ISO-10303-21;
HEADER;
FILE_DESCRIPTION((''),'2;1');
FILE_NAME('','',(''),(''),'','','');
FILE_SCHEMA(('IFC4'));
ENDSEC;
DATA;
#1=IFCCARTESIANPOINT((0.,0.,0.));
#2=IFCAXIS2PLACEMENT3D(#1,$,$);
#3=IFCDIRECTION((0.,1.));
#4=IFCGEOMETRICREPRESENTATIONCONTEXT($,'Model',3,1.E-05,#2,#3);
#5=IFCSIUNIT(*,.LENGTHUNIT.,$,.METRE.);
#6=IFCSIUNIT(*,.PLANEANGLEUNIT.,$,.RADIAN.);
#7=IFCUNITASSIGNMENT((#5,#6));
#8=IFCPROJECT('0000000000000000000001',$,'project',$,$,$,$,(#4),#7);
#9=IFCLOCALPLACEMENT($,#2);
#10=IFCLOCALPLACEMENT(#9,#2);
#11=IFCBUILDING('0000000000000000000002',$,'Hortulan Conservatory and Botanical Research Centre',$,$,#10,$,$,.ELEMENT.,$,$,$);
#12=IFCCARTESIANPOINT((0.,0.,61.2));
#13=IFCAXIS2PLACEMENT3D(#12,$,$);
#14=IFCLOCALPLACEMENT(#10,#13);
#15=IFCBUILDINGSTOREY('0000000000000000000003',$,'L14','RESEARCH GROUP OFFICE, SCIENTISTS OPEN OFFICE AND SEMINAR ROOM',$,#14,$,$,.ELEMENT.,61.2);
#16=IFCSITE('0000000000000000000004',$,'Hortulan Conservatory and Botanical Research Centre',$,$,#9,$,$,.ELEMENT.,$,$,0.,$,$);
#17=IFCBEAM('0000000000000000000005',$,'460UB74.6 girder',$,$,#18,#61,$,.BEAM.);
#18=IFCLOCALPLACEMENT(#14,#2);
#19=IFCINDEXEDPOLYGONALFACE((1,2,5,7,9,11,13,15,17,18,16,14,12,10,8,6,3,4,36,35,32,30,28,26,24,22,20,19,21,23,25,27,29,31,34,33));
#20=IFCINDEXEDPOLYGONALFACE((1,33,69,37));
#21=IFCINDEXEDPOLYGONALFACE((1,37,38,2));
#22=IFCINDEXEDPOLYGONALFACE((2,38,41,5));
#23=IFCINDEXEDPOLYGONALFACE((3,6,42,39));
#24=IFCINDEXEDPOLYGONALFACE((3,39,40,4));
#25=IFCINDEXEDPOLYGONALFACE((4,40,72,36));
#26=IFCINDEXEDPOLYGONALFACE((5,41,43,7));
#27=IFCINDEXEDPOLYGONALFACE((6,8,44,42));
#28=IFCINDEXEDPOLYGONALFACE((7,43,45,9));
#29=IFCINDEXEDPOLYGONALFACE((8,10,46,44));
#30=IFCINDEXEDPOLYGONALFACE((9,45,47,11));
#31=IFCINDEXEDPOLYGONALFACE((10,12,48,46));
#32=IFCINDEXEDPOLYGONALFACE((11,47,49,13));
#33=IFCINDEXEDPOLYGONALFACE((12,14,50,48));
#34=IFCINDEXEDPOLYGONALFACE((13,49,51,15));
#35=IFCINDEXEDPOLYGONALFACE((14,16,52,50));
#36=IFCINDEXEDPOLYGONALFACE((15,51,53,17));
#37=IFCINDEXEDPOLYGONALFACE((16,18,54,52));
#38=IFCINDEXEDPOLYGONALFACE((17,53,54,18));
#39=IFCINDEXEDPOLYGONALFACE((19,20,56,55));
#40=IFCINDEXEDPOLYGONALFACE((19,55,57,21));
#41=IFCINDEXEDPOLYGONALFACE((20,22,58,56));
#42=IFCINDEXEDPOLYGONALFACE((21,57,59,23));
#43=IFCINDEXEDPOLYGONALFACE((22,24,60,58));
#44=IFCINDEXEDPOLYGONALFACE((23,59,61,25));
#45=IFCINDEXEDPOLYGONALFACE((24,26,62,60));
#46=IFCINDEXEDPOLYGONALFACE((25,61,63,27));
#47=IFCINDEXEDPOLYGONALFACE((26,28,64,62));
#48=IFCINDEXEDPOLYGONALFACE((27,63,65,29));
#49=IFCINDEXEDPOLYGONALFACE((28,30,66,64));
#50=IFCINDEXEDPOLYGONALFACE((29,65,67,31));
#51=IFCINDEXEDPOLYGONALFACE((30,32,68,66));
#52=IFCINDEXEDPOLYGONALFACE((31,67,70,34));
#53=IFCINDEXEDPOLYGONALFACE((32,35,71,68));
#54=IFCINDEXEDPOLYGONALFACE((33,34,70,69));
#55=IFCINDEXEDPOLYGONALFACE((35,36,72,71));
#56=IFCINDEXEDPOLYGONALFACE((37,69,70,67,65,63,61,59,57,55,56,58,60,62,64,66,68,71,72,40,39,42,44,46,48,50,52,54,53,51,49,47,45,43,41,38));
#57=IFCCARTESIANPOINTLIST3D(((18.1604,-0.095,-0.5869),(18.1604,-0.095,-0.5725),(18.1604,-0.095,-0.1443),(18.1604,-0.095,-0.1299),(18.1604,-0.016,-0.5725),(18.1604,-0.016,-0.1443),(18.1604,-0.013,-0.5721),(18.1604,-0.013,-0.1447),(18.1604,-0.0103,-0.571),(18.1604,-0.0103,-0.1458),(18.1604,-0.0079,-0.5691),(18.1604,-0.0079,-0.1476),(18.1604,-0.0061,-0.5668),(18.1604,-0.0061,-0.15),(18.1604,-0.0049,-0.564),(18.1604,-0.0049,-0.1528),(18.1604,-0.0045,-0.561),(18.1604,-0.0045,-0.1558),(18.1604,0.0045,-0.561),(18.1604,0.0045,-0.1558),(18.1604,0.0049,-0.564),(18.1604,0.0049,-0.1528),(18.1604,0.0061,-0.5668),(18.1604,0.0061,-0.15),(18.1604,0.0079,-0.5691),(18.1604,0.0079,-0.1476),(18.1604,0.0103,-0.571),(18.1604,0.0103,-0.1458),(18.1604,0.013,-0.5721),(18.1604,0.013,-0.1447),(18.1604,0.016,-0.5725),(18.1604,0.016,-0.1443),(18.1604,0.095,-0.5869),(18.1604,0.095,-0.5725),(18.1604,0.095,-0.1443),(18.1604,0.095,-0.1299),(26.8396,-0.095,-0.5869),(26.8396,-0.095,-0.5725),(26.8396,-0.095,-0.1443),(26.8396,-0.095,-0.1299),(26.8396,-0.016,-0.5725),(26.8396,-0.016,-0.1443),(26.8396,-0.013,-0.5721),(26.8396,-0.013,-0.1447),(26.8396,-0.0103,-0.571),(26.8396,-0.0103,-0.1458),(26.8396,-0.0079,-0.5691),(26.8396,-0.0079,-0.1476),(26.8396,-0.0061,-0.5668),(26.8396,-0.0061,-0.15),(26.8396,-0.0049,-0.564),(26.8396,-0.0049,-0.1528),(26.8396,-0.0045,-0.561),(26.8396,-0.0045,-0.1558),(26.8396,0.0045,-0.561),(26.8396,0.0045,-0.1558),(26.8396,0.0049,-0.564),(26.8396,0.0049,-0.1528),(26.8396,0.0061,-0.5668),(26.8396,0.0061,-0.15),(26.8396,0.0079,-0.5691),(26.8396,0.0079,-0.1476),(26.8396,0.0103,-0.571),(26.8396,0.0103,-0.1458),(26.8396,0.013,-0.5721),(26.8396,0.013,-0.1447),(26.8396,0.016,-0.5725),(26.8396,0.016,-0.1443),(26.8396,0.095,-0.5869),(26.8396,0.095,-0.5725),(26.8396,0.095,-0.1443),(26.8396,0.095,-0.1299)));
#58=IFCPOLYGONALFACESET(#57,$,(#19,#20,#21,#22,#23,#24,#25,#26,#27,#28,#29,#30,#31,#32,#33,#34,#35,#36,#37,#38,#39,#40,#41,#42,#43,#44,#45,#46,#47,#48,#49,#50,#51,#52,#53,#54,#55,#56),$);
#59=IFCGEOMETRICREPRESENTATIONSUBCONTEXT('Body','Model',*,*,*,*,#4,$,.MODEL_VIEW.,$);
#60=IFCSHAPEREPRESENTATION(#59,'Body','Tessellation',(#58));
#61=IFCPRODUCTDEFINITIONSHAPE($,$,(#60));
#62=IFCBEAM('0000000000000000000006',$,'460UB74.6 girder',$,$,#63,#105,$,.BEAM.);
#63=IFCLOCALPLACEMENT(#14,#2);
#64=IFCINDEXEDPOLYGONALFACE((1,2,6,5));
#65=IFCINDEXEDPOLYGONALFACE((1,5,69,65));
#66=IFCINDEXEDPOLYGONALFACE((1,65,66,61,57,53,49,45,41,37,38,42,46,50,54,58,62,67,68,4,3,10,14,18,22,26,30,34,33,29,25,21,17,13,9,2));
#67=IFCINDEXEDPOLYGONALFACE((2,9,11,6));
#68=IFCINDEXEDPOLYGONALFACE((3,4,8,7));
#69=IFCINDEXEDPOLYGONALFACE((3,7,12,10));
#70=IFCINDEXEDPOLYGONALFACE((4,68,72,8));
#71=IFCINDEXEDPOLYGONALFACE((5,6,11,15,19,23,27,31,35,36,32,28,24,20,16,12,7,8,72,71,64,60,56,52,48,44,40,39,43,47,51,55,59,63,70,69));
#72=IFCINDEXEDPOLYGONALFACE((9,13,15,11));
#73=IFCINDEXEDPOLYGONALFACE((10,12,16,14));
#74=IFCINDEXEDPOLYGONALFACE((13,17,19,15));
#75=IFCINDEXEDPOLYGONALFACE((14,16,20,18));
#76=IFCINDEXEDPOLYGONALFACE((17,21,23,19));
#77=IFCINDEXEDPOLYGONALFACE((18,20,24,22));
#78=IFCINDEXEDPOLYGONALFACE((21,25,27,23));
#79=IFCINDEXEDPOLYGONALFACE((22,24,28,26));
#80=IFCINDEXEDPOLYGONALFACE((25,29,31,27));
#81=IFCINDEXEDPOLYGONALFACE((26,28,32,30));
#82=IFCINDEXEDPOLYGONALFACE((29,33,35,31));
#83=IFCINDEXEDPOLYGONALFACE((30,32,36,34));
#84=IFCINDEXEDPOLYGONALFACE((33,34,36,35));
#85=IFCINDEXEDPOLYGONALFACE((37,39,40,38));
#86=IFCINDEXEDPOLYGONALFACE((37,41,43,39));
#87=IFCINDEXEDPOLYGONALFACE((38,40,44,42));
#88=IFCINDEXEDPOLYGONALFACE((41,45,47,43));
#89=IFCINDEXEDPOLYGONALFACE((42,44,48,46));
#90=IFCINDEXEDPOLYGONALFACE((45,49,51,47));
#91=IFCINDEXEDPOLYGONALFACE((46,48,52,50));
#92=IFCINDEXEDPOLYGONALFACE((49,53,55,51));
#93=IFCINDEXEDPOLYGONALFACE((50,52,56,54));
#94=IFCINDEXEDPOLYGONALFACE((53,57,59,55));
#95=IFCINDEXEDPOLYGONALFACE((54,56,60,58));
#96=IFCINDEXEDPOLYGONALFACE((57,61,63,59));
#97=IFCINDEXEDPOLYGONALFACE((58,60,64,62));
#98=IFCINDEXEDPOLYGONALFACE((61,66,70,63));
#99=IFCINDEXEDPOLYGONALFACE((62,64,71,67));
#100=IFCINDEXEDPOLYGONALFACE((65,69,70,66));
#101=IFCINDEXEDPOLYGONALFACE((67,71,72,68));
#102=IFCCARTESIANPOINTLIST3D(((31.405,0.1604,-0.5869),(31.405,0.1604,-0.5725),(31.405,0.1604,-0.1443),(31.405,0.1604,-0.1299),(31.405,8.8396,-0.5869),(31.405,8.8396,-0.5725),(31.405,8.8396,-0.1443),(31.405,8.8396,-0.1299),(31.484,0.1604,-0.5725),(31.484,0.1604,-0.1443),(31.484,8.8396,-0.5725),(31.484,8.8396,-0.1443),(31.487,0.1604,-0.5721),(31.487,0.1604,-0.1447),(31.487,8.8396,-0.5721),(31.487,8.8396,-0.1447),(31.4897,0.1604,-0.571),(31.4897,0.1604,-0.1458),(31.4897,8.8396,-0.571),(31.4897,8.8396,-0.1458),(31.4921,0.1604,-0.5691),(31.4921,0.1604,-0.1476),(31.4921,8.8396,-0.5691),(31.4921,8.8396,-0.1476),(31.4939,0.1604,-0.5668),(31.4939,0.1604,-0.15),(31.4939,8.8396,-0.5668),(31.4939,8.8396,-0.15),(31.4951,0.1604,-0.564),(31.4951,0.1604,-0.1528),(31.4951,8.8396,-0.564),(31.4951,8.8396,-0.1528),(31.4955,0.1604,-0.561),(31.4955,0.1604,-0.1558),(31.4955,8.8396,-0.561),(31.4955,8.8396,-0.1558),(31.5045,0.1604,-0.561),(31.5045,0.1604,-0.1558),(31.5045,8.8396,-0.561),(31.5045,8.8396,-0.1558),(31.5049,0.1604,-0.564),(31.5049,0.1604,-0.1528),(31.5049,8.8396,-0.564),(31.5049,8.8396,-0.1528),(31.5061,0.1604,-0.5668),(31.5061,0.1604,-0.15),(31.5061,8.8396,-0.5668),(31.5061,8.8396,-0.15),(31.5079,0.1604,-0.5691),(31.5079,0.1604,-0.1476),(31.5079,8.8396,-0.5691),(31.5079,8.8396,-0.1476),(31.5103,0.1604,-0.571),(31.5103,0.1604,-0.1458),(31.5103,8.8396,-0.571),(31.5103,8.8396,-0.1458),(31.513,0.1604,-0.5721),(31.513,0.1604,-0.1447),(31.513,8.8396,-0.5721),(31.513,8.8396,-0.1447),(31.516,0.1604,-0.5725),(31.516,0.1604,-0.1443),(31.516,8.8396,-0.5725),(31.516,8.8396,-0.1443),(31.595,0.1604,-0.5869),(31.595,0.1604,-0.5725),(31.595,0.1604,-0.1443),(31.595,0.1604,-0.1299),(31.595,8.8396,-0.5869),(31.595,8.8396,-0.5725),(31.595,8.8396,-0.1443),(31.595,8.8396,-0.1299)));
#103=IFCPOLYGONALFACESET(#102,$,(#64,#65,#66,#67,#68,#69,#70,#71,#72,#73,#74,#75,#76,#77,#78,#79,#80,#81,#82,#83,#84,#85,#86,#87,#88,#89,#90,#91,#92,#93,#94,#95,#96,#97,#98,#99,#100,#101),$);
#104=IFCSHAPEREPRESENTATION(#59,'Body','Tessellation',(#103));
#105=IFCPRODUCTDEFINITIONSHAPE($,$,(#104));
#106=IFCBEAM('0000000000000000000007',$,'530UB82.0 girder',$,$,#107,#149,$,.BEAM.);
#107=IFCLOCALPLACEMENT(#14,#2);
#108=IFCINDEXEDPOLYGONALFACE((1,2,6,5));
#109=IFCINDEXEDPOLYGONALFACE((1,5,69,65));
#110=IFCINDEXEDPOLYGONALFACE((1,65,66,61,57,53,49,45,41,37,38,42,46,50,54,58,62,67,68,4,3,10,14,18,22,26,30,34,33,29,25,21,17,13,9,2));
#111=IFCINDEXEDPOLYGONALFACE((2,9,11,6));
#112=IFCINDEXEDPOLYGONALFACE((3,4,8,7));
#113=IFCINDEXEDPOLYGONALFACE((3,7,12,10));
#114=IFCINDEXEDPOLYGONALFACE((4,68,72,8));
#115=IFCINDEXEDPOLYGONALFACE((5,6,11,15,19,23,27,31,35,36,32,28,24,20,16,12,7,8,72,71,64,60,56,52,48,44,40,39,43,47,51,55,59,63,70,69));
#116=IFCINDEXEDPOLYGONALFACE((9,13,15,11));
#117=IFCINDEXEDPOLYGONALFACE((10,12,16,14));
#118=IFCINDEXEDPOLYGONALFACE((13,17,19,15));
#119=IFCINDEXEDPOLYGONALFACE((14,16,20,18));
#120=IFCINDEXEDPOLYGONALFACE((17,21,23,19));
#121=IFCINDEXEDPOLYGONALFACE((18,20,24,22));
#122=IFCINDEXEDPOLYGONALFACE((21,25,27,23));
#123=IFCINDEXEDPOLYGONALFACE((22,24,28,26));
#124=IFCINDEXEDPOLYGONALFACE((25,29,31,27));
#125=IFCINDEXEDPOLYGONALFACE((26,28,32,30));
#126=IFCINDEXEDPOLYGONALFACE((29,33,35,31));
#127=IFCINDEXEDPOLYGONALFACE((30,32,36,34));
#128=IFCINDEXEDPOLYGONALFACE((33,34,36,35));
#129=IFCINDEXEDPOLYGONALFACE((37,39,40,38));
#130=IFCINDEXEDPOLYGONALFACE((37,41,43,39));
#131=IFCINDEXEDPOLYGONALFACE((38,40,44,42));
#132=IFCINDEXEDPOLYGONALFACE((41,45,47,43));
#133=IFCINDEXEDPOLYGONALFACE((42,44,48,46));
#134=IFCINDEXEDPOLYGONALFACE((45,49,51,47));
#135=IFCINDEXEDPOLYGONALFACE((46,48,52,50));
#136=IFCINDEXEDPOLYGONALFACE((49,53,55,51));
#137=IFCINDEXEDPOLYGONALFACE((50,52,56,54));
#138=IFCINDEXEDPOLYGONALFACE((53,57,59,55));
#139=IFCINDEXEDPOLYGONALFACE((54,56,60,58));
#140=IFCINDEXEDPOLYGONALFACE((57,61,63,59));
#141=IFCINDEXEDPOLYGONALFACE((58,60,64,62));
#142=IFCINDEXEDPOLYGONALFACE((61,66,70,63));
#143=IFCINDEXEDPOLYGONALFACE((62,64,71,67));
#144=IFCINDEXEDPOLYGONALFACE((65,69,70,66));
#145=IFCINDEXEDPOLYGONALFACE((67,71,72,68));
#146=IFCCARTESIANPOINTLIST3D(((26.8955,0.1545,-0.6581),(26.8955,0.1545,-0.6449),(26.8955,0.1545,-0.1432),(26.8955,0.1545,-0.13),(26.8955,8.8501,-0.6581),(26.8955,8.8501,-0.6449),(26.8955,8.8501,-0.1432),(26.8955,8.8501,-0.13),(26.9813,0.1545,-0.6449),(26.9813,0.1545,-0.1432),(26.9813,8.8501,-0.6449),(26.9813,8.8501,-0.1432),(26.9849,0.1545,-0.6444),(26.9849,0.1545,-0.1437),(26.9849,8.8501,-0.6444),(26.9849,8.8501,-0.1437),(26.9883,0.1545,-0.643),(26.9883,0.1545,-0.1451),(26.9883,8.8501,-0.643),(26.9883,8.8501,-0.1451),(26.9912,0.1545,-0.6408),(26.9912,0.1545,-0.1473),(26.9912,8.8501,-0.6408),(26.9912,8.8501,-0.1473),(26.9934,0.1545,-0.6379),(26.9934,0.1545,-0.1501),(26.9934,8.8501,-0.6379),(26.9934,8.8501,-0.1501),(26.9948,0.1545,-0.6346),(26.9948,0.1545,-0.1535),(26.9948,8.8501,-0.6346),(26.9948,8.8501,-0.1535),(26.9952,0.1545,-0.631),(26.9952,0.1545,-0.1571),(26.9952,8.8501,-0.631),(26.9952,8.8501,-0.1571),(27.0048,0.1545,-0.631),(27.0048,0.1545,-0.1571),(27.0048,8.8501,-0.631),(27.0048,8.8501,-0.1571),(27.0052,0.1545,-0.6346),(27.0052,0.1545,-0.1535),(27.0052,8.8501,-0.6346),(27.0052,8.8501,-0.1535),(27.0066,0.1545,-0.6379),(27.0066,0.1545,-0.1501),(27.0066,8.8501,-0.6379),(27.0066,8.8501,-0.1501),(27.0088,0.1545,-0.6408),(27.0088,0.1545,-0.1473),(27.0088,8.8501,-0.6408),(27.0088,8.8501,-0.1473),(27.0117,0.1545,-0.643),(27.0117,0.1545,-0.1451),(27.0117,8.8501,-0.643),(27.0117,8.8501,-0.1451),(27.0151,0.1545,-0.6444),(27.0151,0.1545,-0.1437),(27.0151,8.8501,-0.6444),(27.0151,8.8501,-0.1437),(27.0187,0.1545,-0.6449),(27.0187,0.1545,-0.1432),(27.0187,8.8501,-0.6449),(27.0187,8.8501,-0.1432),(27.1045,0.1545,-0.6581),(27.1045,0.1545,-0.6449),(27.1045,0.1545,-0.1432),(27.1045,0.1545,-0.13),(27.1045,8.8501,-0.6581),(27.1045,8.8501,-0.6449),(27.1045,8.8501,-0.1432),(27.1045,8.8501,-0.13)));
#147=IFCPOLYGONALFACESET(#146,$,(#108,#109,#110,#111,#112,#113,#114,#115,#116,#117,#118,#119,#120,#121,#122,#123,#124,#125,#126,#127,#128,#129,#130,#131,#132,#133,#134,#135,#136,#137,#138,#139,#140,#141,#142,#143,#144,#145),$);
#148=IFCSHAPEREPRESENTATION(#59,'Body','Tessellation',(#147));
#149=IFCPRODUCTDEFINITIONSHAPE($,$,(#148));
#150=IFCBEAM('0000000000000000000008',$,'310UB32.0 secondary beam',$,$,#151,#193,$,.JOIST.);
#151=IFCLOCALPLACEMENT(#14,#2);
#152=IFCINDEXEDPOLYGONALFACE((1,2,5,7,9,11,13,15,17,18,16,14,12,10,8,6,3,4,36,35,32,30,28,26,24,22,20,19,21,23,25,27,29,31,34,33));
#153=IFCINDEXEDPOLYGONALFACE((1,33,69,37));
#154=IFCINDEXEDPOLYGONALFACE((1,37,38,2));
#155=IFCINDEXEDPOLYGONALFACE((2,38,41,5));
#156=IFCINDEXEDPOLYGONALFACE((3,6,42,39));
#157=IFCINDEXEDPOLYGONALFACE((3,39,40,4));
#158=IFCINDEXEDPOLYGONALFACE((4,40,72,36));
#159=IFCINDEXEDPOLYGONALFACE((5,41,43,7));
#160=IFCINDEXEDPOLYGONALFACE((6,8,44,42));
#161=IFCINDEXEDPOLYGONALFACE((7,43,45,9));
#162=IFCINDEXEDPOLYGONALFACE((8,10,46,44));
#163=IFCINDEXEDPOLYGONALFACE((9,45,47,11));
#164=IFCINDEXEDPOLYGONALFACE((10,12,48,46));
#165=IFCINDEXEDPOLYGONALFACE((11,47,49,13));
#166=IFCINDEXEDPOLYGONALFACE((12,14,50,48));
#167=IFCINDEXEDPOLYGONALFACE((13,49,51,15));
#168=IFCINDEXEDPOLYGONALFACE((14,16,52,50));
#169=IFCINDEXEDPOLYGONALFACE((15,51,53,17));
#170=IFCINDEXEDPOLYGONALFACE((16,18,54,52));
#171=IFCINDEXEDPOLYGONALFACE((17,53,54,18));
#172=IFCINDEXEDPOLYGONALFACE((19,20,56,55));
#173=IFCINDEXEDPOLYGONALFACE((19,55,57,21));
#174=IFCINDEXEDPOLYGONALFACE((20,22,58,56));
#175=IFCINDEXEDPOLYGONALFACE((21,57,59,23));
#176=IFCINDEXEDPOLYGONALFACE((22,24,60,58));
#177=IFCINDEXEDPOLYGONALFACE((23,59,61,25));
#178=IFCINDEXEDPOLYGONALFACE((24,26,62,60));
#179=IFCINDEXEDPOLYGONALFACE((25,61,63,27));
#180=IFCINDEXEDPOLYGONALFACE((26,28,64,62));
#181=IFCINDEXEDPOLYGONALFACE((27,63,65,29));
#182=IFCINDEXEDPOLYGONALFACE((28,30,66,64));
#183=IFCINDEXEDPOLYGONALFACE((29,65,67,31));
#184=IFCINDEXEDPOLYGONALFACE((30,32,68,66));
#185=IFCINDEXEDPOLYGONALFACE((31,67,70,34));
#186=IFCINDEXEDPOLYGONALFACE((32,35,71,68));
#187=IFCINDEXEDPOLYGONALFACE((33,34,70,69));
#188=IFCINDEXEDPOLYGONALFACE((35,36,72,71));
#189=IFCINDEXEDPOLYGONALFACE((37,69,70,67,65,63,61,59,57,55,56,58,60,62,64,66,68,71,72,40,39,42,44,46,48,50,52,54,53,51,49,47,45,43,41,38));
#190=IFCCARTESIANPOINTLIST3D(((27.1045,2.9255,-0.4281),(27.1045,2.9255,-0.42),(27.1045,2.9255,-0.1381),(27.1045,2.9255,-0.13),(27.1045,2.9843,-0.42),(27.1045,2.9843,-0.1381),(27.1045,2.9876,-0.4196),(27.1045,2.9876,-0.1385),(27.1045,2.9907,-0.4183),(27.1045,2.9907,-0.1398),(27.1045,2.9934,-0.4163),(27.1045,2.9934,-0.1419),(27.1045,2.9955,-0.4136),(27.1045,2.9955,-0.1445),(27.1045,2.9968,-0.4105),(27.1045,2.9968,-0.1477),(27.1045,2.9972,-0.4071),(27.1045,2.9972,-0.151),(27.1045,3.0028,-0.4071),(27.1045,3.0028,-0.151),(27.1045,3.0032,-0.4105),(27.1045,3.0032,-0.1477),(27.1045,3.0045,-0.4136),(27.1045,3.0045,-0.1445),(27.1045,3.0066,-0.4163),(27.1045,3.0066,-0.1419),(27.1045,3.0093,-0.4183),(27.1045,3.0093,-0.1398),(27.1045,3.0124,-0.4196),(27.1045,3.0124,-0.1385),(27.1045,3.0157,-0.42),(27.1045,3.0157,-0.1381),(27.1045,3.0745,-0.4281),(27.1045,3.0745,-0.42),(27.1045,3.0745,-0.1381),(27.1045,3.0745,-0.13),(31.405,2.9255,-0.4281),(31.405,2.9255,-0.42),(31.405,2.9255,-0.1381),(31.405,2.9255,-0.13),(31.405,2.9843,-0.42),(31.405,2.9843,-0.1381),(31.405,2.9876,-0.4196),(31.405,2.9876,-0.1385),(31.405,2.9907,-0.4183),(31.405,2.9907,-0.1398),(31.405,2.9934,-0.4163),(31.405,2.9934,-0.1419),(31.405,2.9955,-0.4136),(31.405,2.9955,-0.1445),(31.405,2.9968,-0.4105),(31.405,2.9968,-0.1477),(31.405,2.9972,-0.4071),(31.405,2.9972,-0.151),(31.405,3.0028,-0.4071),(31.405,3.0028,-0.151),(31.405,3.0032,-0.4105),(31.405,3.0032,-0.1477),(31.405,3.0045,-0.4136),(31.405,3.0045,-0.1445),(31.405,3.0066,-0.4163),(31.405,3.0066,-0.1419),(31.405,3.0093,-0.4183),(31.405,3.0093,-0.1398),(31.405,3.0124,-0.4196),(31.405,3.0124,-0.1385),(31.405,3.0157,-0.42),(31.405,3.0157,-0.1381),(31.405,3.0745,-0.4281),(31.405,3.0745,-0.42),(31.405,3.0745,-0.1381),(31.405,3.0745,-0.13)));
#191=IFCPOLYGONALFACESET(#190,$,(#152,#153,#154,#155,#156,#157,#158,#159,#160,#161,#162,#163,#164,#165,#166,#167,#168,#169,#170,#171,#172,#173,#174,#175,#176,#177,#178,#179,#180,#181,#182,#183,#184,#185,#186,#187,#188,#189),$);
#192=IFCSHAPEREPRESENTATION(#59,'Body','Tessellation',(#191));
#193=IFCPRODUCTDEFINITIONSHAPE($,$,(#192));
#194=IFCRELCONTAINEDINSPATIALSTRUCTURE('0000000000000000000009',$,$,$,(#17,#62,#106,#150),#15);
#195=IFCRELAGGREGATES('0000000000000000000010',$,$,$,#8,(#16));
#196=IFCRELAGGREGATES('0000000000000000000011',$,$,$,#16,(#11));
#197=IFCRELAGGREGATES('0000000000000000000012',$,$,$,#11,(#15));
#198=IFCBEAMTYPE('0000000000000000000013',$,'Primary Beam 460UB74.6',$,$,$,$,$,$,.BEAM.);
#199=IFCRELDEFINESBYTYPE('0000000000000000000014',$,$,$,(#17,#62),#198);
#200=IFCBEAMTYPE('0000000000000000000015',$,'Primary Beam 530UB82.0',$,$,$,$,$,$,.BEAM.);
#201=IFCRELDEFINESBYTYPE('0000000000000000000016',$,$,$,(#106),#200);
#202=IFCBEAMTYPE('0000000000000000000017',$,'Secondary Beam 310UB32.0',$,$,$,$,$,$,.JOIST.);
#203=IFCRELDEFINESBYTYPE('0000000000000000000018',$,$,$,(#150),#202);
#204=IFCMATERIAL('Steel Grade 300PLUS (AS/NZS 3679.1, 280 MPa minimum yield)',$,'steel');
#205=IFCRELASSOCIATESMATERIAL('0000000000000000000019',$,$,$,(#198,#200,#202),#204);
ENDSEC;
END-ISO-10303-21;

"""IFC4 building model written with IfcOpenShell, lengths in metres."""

from ifc_helpers import new_model, si_unit, direction, frame, origin, origin_2d, place, context, subcontext, project, spatial, i_section, extrude, material, material_profile, profile_set, type_object, element, save


model = new_model("IFC4")

# Units and contexts
model_context = context("Model", 3, precision=1e-05, world=origin(), true_north=direction((0.0, 1.0)))
body_context = subcontext(model_context, "Body", "Model", "MODEL_VIEW")
ifc_project = project(units=[si_unit("LENGTHUNIT", "METRE"), si_unit("PLANEANGLEUNIT", "RADIAN")], contexts=[model_context])

# Site, building, storey
site_placement = place(None, origin())
site = spatial("IfcSite", under=ifc_project, at=site_placement, Name="Hortulan Conservatory and Botanical Research Centre", CompositionType="ELEMENT", RefElevation=0.0)
building_placement = place(site_placement, origin())
building = spatial("IfcBuilding", under=site, at=building_placement, Name="Hortulan Conservatory and Botanical Research Centre", CompositionType="ELEMENT")
storey_placement = place(building_placement, frame((0.0, 0.0, 61.2)))
storey = spatial("IfcBuildingStorey", under=building, at=storey_placement, Name="L14", Description="RESEARCH GROUP OFFICE, SCIENTISTS OPEN OFFICE AND SEMINAR ROOM", CompositionType="ELEMENT", Elevation=61.2)

# Shared definitions
ifc_material_1 = material(Name="Steel Grade 300PLUS (AS/NZS 3679.1, 280 MPa minimum yield)", Category="steel")

# Beams
ifc_material_profile_1 = material_profile(ifc_material_1, i_section(OverallWidth=0.1899, OverallDepth=0.457, WebThickness=0.009, FlangeThickness=0.0144, FilletRadius=0.0115, at=origin_2d()), Name="460UB74.6")
ifc_profile_set_1 = profile_set([ifc_material_profile_1], Name="Steel Grade 300PLUS (AS/NZS 3679.1, 280 MPa minimum yield)")
beam_type_1 = type_object("IfcBeamType", Name="Primary Beam 460UB74.6", PredefinedType="BEAM", material=ifc_profile_set_1)
for number, where, z_axis, x_axis, name in (
    (1, (18.1604, 0.0, -0.3584), (1.0, 0.0, 0.0), (0.0, 1.0, 0.0), "460UB74.6 girder"),
    (2, (31.5, 0.1604, -0.3584), (0.0, 1.0, 0.0), (-1.0, 0.0, 0.0), "460UB74.6 girder"),
):
    element("IfcBeam", number, at=place(storey_placement, frame(where, z_axis=z_axis, x_axis=x_axis)), inside=storey, type_object=beam_type_1, Name=name, PredefinedType="BEAM", context=body_context, shape_type="SweptSolid", body=[
        extrude(i_section(OverallWidth=0.1899, OverallDepth=0.457, WebThickness=0.009, FlangeThickness=0.0144, FilletRadius=0.0115, at=origin_2d()), origin(), (0.0, 0.0, 1.0), 8.6792),
    ])
ifc_material_profile_2 = material_profile(ifc_material_1, i_section(OverallWidth=0.209, OverallDepth=0.5281, WebThickness=0.0095, FlangeThickness=0.0132, FilletRadius=0.0139, at=origin_2d()), Name="530UB82.0")
ifc_profile_set_2 = profile_set([ifc_material_profile_2], Name="Steel Grade 300PLUS (AS/NZS 3679.1, 280 MPa minimum yield)")
beam_type_2 = type_object("IfcBeamType", Name="Primary Beam 530UB82.0", PredefinedType="BEAM", material=ifc_profile_set_2)
beam_1_placement = place(storey_placement, frame((27.0, 0.1545, -0.394), z_axis=(0.0, 1.0, 0.0), x_axis=(-1.0, 0.0, 0.0)))
element("IfcBeam", 3, at=beam_1_placement, inside=storey, type_object=beam_type_2, Name="530UB82.0 girder", PredefinedType="BEAM", context=body_context, shape_type="SweptSolid", body=[
    extrude(i_section(OverallWidth=0.209, OverallDepth=0.5281, WebThickness=0.0095, FlangeThickness=0.0132, FilletRadius=0.0139, at=origin_2d()), origin(), (0.0, 0.0, 1.0), 8.6956),
])
ifc_material_profile_3 = material_profile(ifc_material_1, i_section(OverallWidth=0.1489, OverallDepth=0.2981, WebThickness=0.0056, FlangeThickness=0.0081, FilletRadius=0.0129, at=origin_2d()), Name="310UB32.0")
ifc_profile_set_3 = profile_set([ifc_material_profile_3], Name="Steel Grade 300PLUS (AS/NZS 3679.1, 280 MPa minimum yield)")
beam_type_3 = type_object("IfcBeamType", Name="Secondary Beam 310UB32.0", PredefinedType="JOIST", material=ifc_profile_set_3)
for number, where, z_axis, x_axis, name in (
    (4, (27.1045, 3.0, -0.2791), (1.0, 0.0, 0.0), (0.0, 1.0, 0.0), "310UB32.0 secondary beam"),
):
    element("IfcBeam", number, at=place(storey_placement, frame(where, z_axis=z_axis, x_axis=x_axis)), inside=storey, type_object=beam_type_3, Name=name, PredefinedType="JOIST", context=body_context, shape_type="SweptSolid", body=[
        extrude(i_section(OverallWidth=0.1489, OverallDepth=0.2981, WebThickness=0.0056, FlangeThickness=0.0081, FilletRadius=0.0129, at=origin_2d()), origin(), (0.0, 0.0, 1.0), 4.3005),
    ])

save(model, "model.ifc")
